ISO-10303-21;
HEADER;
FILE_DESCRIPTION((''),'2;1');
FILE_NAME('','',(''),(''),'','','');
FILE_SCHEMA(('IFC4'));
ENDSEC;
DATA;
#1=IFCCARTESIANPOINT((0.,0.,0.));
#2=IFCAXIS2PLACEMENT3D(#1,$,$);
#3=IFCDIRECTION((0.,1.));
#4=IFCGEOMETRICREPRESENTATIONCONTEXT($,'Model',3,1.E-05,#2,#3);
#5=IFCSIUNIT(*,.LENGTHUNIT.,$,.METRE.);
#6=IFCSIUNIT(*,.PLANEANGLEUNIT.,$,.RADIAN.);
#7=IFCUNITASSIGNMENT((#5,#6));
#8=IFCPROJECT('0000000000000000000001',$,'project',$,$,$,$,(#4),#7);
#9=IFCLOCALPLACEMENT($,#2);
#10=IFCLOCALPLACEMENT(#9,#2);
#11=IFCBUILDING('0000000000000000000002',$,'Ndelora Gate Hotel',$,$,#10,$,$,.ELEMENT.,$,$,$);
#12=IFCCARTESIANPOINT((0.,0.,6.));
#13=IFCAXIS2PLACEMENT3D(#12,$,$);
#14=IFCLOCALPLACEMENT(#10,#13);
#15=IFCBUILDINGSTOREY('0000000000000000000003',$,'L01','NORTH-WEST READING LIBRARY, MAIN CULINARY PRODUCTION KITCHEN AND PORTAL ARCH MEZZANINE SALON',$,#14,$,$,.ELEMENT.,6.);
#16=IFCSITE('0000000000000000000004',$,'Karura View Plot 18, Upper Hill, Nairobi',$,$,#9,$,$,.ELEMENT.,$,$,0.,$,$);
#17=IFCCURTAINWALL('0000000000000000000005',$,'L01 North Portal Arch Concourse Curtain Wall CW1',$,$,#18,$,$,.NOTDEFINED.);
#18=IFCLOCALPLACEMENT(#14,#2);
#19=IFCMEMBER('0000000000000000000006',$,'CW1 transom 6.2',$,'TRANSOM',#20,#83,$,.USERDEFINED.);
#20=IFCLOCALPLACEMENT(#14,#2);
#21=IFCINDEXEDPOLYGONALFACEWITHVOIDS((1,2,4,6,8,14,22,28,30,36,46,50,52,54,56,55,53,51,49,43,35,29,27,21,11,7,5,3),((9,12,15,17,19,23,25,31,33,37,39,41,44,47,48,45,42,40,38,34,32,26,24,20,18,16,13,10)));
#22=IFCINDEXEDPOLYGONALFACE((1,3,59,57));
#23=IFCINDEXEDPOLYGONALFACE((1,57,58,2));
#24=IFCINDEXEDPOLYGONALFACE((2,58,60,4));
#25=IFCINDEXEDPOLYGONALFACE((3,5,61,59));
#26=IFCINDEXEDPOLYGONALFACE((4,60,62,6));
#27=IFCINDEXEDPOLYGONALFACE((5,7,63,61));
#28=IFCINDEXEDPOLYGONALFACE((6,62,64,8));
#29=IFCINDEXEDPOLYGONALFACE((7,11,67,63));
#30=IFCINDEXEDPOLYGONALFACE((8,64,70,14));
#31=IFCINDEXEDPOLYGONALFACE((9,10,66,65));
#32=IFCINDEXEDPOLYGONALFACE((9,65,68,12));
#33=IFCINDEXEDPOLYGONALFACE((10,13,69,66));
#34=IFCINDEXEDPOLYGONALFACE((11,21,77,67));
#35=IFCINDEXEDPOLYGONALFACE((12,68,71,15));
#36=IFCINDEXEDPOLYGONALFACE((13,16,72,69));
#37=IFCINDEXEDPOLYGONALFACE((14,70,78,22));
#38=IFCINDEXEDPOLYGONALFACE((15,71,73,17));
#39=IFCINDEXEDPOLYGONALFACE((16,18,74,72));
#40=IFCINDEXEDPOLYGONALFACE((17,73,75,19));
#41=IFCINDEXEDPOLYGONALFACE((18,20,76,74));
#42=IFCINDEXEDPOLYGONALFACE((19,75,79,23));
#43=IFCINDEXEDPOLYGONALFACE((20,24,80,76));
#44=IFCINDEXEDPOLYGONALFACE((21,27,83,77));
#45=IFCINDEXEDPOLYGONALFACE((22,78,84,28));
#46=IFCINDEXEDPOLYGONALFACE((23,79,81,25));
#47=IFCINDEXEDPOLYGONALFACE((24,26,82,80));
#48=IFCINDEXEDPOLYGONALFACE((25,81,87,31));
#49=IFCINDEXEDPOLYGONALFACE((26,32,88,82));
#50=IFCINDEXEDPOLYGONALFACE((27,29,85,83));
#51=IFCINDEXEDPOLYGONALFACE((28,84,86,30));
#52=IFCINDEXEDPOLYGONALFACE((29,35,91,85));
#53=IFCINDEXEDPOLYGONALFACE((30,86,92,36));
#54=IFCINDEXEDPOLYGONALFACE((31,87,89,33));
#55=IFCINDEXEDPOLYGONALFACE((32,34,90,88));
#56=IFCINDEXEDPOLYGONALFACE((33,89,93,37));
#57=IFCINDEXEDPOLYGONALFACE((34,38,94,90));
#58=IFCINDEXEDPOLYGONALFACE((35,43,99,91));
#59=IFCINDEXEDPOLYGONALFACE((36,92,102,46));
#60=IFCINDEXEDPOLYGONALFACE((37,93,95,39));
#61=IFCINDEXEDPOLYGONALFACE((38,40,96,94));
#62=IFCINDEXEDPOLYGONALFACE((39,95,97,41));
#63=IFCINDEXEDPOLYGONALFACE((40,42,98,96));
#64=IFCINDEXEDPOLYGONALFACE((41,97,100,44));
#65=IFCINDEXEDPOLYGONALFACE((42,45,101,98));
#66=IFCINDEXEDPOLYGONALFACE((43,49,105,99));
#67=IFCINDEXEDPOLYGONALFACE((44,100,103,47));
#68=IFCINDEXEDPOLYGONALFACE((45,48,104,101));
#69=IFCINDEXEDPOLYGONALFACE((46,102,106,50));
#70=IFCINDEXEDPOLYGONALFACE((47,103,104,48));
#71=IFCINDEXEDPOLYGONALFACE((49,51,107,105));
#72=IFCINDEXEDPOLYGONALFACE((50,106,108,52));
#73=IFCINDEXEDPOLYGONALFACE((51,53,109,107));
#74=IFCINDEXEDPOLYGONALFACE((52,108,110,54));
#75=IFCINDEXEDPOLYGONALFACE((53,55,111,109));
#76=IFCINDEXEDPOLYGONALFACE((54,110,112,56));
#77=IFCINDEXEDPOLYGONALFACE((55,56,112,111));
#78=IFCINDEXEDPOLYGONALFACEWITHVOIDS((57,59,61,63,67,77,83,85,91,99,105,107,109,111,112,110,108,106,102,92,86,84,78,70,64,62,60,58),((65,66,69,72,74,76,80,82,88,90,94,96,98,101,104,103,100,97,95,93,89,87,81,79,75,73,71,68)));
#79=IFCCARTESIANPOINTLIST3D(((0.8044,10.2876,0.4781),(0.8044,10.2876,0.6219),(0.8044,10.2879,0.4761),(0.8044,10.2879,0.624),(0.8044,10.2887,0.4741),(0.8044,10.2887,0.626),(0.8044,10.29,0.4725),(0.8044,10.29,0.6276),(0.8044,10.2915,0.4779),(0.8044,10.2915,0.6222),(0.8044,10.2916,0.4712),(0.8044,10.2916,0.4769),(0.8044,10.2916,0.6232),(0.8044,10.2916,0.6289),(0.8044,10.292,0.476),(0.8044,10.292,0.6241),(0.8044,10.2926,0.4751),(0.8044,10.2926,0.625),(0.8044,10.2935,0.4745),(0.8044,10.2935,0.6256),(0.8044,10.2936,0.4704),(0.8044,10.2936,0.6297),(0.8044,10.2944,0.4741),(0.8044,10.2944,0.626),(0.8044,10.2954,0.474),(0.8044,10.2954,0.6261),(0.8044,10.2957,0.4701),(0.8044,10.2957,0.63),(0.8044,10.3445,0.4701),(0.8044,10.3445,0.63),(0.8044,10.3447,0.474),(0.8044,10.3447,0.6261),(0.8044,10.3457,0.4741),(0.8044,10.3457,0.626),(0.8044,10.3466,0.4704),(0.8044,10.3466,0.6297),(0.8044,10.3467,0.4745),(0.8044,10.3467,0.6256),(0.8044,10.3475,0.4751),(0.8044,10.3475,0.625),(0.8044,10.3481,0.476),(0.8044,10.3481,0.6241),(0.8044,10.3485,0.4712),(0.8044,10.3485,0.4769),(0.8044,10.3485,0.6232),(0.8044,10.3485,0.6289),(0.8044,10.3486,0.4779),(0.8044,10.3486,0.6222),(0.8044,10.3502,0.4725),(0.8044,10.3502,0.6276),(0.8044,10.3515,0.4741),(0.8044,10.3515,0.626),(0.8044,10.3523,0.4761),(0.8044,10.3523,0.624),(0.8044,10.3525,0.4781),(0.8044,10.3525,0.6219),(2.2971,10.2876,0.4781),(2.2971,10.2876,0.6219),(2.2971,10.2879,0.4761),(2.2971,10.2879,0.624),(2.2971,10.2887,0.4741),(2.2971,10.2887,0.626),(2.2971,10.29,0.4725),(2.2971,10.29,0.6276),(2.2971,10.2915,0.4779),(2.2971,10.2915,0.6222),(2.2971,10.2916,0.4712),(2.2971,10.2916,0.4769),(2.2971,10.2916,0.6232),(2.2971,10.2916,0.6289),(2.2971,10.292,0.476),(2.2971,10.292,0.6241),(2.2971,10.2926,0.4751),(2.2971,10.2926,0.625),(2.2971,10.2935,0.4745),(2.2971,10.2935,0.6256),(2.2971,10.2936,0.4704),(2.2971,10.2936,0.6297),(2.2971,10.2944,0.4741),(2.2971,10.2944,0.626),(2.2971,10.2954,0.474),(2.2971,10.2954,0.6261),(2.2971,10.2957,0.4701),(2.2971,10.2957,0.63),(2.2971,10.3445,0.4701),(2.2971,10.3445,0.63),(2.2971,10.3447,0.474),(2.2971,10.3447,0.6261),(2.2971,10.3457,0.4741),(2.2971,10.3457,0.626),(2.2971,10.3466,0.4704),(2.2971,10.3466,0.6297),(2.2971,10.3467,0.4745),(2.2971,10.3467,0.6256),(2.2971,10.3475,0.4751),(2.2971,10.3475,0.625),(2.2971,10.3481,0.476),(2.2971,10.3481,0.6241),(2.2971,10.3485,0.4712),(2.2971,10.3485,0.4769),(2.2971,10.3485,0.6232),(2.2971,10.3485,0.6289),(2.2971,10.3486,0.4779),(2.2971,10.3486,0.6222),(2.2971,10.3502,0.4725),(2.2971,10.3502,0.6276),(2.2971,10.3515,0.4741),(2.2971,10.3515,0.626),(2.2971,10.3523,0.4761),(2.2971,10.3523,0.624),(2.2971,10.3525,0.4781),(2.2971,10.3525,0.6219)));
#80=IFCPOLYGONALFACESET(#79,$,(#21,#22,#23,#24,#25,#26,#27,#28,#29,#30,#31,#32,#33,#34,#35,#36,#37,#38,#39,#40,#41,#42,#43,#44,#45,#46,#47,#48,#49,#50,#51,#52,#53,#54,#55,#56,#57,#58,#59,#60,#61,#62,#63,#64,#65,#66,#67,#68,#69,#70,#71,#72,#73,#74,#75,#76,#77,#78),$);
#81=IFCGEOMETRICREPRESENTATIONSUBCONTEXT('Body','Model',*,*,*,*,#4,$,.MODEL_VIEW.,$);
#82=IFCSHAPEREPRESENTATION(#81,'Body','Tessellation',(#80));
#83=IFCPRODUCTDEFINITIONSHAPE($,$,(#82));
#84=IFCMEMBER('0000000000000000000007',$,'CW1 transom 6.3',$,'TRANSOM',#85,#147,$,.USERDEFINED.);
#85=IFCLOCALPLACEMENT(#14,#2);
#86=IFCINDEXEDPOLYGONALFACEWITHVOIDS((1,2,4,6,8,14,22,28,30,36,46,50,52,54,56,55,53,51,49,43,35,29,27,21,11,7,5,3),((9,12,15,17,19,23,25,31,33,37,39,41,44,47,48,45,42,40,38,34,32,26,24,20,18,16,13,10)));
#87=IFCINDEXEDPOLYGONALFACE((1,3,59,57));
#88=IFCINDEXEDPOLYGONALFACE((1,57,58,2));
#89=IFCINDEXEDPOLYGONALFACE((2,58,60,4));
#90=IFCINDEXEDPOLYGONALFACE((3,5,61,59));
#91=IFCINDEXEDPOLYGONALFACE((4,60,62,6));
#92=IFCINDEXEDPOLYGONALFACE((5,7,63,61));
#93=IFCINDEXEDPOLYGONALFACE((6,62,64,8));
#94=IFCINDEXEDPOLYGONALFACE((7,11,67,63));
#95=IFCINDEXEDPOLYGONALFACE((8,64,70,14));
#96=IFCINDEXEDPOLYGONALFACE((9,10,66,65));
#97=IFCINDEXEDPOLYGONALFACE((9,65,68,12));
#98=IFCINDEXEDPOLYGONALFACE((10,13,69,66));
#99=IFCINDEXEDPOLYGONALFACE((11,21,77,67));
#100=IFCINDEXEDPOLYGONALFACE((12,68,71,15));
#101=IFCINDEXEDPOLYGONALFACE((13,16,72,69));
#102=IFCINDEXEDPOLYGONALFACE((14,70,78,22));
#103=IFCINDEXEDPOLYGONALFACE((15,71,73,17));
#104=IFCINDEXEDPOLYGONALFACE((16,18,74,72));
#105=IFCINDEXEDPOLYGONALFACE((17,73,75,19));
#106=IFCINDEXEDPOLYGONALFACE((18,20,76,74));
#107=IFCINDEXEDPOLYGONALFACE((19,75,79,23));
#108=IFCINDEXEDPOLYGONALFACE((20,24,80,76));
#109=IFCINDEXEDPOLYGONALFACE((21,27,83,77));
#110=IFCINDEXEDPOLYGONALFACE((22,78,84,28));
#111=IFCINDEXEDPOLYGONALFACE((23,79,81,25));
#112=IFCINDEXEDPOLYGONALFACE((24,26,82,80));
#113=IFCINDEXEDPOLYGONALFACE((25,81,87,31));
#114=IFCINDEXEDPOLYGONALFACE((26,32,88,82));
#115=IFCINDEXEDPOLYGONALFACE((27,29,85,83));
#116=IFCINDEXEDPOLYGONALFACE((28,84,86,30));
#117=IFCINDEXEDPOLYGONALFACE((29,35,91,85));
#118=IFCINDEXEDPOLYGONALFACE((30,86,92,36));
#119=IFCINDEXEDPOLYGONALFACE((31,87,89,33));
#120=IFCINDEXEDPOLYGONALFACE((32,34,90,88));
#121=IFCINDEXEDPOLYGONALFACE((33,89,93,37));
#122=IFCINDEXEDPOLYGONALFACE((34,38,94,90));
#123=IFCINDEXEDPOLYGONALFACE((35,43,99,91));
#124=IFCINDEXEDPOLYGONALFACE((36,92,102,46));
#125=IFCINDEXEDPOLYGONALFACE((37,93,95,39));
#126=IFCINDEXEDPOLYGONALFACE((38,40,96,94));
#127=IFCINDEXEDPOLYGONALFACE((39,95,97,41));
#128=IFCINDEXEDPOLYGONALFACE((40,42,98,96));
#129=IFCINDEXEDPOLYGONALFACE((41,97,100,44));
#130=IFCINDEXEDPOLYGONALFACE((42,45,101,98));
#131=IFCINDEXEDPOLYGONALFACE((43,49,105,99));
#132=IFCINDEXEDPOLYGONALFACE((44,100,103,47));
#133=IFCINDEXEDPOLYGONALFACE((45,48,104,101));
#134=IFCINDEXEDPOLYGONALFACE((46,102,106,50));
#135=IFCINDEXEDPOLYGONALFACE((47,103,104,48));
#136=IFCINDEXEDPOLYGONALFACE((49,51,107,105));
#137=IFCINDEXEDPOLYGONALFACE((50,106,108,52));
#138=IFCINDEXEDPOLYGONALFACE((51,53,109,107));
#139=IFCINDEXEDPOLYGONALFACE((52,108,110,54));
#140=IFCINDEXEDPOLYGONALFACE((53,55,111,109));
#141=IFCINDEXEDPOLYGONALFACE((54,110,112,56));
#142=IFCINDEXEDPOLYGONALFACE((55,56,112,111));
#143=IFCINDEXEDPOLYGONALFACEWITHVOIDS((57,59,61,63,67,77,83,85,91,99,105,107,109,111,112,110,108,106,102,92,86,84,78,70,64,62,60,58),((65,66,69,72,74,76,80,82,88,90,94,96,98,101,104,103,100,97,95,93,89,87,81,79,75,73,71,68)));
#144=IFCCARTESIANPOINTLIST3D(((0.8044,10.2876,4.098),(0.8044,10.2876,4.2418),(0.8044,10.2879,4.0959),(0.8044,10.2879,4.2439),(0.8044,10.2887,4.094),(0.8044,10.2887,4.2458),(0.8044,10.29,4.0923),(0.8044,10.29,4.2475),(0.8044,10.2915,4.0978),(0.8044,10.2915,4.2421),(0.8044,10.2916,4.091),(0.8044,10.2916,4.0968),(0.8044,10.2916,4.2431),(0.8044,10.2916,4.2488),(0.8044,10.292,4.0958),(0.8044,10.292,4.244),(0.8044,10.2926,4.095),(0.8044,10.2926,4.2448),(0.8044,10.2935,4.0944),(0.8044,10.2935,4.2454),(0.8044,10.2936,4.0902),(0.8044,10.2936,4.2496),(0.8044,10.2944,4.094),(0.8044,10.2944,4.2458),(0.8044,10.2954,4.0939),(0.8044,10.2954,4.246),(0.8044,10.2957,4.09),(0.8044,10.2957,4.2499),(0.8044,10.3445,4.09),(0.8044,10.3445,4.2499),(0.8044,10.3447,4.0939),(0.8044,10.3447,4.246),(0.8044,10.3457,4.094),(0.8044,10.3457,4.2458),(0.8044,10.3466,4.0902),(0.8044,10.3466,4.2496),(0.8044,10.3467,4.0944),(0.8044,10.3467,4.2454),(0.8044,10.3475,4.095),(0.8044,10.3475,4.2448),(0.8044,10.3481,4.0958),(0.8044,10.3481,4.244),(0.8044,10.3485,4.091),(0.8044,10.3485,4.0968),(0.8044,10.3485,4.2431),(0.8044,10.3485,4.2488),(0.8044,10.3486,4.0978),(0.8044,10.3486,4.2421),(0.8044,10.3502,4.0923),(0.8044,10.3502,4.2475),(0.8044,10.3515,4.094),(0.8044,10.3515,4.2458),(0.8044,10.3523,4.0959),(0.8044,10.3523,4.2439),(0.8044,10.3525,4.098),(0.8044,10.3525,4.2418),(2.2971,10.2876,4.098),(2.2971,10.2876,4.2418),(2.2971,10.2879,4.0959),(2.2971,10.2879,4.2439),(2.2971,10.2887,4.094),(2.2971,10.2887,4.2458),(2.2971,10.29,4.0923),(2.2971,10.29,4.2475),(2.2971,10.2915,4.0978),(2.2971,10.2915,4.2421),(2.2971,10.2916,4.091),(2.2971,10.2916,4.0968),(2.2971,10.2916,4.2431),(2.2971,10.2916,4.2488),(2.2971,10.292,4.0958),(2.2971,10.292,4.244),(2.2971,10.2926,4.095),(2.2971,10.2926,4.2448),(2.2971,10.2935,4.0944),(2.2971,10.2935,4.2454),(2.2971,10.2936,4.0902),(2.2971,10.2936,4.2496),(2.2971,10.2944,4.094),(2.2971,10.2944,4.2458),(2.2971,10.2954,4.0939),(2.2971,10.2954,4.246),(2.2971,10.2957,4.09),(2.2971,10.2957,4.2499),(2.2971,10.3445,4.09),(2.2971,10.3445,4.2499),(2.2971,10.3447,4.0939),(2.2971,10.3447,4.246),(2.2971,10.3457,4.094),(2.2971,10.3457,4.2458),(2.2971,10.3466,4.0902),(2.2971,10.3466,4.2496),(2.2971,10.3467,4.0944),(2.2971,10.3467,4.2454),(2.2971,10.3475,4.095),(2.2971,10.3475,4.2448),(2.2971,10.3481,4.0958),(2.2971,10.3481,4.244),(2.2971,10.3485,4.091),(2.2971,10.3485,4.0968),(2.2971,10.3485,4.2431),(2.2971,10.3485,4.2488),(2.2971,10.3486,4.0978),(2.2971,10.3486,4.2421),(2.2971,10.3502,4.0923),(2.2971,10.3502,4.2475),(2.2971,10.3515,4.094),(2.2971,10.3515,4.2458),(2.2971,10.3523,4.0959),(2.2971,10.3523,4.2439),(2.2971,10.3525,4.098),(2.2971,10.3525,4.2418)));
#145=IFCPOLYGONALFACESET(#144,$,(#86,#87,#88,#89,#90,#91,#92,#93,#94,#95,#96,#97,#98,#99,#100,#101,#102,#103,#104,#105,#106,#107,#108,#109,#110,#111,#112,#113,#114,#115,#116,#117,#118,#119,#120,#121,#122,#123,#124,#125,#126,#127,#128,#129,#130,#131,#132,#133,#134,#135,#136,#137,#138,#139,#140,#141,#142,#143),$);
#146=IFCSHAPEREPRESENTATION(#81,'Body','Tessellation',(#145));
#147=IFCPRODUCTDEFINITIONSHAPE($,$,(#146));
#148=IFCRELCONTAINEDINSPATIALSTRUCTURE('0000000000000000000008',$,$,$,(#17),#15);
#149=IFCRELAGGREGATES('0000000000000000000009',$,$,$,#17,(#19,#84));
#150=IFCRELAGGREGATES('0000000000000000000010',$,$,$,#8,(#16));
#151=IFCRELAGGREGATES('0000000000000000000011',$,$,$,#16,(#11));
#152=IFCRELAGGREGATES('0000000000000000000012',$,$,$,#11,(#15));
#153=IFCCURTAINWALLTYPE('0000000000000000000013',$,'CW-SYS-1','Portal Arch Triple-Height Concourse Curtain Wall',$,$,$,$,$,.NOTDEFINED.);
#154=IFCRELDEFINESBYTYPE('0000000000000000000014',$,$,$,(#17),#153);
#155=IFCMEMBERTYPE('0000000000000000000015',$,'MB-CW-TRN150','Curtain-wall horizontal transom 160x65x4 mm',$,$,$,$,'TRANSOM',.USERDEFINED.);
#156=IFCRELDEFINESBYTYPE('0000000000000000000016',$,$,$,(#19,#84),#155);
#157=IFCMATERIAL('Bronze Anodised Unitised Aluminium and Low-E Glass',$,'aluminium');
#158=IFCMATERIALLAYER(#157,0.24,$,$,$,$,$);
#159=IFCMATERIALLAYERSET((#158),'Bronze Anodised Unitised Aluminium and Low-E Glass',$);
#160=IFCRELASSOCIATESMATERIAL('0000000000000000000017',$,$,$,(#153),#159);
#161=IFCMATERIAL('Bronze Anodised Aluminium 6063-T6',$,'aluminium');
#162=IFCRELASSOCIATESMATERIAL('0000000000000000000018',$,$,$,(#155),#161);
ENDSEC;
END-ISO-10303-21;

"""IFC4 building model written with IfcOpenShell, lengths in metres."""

from ifc_helpers import new_model, si_unit, direction, frame, origin, origin_2d, place, context, subcontext, project, spatial, hollow_rectangle, extrude, material, layer, layer_set, material_profile, profile_set, type_object, element, aggregate, save


model = new_model("IFC4")

# Units and contexts
model_context = context("Model", 3, precision=1e-05, world=origin(), true_north=direction((0.0, 1.0)))
body_context = subcontext(model_context, "Body", "Model", "MODEL_VIEW")
ifc_project = project(units=[si_unit("LENGTHUNIT", "METRE"), si_unit("PLANEANGLEUNIT", "RADIAN")], contexts=[model_context])

# Site, building, storey
site_placement = place(None, origin())
site = spatial("IfcSite", under=ifc_project, at=site_placement, Name="Karura View Plot 18, Upper Hill, Nairobi", CompositionType="ELEMENT", RefElevation=0.0)
building_placement = place(site_placement, origin())
building = spatial("IfcBuilding", under=site, at=building_placement, Name="Ndelora Gate Hotel", CompositionType="ELEMENT")
storey_placement = place(building_placement, frame((0.0, 0.0, 6.0)))
storey = spatial("IfcBuildingStorey", under=building, at=storey_placement, Name="L01", Description="NORTH-WEST READING LIBRARY, MAIN CULINARY PRODUCTION KITCHEN AND PORTAL ARCH MEZZANINE SALON", CompositionType="ELEMENT", Elevation=6.0)

# Curtain wall, members
ifc_material_1 = material(Name="Bronze Anodised Unitised Aluminium and Low-E Glass", Category="aluminium")
ifc_layer_1 = layer(ifc_material_1, 0.24)
ifc_layer_set_1 = layer_set([ifc_layer_1], Name="Bronze Anodised Unitised Aluminium and Low-E Glass")
curtain_wall_type = type_object("IfcCurtainWallType", Name="CW-SYS-1", Description="Portal Arch Triple-Height Concourse Curtain Wall", PredefinedType="NOTDEFINED", material=ifc_layer_set_1)
curtain_wall_placement = place(storey_placement, origin())
curtain_wall = element("IfcCurtainWall", 1, at=curtain_wall_placement, inside=storey, type_object=curtain_wall_type, Name="L01 North Portal Arch Concourse Curtain Wall CW1", PredefinedType="NOTDEFINED")
ifc_material_2 = material(Name="Bronze Anodised Aluminium 6063-T6", Category="aluminium")
ifc_material_profile_1 = material_profile(ifc_material_2, hollow_rectangle(XDim=0.0649, YDim=0.1599, WallThickness=0.0039, InnerFilletRadius=0.0039, OuterFilletRadius=0.0081, at=origin_2d()), Name="ALU 160x65x4")
ifc_profile_set_1 = profile_set([ifc_material_profile_1], Name="Bronze Anodised Aluminium 6063-T6")
member_type_1 = type_object("IfcMemberType", Name="MB-CW-TRN150", Description="Curtain-wall horizontal transom 160x65x4 mm", ElementType="TRANSOM", PredefinedType="USERDEFINED", material=ifc_profile_set_1)
member_1_placement = place(storey_placement, frame((2.2971, 10.3201, 0.55), z_axis=(-1.0, 0.0, 0.0), x_axis=(0.0, -1.0, 0.0)))
member_1 = element("IfcMember", 2, at=member_1_placement, type_object=member_type_1, Name="CW1 transom 6.2", ObjectType="TRANSOM", PredefinedType="USERDEFINED", context=body_context, shape_type="SweptSolid", body=[
    extrude(hollow_rectangle(XDim=0.0649, YDim=0.1599, WallThickness=0.0039, InnerFilletRadius=0.0039, OuterFilletRadius=0.0081, at=origin_2d()), origin(), (0.0, 0.0, 1.0), 1.4927),
])
member_2_placement = place(storey_placement, frame((2.2971, 10.3201, 4.1699), z_axis=(-1.0, 0.0, 0.0), x_axis=(0.0, -1.0, 0.0)))
member_2 = element("IfcMember", 3, at=member_2_placement, type_object=member_type_1, Name="CW1 transom 6.3", ObjectType="TRANSOM", PredefinedType="USERDEFINED", context=body_context, shape_type="SweptSolid", body=[
    extrude(hollow_rectangle(XDim=0.0649, YDim=0.1599, WallThickness=0.0039, InnerFilletRadius=0.0039, OuterFilletRadius=0.0081, at=origin_2d()), origin(), (0.0, 0.0, 1.0), 1.4927),
])
aggregate(curtain_wall, [member_1, member_2])

save(model, "model.ifc")
